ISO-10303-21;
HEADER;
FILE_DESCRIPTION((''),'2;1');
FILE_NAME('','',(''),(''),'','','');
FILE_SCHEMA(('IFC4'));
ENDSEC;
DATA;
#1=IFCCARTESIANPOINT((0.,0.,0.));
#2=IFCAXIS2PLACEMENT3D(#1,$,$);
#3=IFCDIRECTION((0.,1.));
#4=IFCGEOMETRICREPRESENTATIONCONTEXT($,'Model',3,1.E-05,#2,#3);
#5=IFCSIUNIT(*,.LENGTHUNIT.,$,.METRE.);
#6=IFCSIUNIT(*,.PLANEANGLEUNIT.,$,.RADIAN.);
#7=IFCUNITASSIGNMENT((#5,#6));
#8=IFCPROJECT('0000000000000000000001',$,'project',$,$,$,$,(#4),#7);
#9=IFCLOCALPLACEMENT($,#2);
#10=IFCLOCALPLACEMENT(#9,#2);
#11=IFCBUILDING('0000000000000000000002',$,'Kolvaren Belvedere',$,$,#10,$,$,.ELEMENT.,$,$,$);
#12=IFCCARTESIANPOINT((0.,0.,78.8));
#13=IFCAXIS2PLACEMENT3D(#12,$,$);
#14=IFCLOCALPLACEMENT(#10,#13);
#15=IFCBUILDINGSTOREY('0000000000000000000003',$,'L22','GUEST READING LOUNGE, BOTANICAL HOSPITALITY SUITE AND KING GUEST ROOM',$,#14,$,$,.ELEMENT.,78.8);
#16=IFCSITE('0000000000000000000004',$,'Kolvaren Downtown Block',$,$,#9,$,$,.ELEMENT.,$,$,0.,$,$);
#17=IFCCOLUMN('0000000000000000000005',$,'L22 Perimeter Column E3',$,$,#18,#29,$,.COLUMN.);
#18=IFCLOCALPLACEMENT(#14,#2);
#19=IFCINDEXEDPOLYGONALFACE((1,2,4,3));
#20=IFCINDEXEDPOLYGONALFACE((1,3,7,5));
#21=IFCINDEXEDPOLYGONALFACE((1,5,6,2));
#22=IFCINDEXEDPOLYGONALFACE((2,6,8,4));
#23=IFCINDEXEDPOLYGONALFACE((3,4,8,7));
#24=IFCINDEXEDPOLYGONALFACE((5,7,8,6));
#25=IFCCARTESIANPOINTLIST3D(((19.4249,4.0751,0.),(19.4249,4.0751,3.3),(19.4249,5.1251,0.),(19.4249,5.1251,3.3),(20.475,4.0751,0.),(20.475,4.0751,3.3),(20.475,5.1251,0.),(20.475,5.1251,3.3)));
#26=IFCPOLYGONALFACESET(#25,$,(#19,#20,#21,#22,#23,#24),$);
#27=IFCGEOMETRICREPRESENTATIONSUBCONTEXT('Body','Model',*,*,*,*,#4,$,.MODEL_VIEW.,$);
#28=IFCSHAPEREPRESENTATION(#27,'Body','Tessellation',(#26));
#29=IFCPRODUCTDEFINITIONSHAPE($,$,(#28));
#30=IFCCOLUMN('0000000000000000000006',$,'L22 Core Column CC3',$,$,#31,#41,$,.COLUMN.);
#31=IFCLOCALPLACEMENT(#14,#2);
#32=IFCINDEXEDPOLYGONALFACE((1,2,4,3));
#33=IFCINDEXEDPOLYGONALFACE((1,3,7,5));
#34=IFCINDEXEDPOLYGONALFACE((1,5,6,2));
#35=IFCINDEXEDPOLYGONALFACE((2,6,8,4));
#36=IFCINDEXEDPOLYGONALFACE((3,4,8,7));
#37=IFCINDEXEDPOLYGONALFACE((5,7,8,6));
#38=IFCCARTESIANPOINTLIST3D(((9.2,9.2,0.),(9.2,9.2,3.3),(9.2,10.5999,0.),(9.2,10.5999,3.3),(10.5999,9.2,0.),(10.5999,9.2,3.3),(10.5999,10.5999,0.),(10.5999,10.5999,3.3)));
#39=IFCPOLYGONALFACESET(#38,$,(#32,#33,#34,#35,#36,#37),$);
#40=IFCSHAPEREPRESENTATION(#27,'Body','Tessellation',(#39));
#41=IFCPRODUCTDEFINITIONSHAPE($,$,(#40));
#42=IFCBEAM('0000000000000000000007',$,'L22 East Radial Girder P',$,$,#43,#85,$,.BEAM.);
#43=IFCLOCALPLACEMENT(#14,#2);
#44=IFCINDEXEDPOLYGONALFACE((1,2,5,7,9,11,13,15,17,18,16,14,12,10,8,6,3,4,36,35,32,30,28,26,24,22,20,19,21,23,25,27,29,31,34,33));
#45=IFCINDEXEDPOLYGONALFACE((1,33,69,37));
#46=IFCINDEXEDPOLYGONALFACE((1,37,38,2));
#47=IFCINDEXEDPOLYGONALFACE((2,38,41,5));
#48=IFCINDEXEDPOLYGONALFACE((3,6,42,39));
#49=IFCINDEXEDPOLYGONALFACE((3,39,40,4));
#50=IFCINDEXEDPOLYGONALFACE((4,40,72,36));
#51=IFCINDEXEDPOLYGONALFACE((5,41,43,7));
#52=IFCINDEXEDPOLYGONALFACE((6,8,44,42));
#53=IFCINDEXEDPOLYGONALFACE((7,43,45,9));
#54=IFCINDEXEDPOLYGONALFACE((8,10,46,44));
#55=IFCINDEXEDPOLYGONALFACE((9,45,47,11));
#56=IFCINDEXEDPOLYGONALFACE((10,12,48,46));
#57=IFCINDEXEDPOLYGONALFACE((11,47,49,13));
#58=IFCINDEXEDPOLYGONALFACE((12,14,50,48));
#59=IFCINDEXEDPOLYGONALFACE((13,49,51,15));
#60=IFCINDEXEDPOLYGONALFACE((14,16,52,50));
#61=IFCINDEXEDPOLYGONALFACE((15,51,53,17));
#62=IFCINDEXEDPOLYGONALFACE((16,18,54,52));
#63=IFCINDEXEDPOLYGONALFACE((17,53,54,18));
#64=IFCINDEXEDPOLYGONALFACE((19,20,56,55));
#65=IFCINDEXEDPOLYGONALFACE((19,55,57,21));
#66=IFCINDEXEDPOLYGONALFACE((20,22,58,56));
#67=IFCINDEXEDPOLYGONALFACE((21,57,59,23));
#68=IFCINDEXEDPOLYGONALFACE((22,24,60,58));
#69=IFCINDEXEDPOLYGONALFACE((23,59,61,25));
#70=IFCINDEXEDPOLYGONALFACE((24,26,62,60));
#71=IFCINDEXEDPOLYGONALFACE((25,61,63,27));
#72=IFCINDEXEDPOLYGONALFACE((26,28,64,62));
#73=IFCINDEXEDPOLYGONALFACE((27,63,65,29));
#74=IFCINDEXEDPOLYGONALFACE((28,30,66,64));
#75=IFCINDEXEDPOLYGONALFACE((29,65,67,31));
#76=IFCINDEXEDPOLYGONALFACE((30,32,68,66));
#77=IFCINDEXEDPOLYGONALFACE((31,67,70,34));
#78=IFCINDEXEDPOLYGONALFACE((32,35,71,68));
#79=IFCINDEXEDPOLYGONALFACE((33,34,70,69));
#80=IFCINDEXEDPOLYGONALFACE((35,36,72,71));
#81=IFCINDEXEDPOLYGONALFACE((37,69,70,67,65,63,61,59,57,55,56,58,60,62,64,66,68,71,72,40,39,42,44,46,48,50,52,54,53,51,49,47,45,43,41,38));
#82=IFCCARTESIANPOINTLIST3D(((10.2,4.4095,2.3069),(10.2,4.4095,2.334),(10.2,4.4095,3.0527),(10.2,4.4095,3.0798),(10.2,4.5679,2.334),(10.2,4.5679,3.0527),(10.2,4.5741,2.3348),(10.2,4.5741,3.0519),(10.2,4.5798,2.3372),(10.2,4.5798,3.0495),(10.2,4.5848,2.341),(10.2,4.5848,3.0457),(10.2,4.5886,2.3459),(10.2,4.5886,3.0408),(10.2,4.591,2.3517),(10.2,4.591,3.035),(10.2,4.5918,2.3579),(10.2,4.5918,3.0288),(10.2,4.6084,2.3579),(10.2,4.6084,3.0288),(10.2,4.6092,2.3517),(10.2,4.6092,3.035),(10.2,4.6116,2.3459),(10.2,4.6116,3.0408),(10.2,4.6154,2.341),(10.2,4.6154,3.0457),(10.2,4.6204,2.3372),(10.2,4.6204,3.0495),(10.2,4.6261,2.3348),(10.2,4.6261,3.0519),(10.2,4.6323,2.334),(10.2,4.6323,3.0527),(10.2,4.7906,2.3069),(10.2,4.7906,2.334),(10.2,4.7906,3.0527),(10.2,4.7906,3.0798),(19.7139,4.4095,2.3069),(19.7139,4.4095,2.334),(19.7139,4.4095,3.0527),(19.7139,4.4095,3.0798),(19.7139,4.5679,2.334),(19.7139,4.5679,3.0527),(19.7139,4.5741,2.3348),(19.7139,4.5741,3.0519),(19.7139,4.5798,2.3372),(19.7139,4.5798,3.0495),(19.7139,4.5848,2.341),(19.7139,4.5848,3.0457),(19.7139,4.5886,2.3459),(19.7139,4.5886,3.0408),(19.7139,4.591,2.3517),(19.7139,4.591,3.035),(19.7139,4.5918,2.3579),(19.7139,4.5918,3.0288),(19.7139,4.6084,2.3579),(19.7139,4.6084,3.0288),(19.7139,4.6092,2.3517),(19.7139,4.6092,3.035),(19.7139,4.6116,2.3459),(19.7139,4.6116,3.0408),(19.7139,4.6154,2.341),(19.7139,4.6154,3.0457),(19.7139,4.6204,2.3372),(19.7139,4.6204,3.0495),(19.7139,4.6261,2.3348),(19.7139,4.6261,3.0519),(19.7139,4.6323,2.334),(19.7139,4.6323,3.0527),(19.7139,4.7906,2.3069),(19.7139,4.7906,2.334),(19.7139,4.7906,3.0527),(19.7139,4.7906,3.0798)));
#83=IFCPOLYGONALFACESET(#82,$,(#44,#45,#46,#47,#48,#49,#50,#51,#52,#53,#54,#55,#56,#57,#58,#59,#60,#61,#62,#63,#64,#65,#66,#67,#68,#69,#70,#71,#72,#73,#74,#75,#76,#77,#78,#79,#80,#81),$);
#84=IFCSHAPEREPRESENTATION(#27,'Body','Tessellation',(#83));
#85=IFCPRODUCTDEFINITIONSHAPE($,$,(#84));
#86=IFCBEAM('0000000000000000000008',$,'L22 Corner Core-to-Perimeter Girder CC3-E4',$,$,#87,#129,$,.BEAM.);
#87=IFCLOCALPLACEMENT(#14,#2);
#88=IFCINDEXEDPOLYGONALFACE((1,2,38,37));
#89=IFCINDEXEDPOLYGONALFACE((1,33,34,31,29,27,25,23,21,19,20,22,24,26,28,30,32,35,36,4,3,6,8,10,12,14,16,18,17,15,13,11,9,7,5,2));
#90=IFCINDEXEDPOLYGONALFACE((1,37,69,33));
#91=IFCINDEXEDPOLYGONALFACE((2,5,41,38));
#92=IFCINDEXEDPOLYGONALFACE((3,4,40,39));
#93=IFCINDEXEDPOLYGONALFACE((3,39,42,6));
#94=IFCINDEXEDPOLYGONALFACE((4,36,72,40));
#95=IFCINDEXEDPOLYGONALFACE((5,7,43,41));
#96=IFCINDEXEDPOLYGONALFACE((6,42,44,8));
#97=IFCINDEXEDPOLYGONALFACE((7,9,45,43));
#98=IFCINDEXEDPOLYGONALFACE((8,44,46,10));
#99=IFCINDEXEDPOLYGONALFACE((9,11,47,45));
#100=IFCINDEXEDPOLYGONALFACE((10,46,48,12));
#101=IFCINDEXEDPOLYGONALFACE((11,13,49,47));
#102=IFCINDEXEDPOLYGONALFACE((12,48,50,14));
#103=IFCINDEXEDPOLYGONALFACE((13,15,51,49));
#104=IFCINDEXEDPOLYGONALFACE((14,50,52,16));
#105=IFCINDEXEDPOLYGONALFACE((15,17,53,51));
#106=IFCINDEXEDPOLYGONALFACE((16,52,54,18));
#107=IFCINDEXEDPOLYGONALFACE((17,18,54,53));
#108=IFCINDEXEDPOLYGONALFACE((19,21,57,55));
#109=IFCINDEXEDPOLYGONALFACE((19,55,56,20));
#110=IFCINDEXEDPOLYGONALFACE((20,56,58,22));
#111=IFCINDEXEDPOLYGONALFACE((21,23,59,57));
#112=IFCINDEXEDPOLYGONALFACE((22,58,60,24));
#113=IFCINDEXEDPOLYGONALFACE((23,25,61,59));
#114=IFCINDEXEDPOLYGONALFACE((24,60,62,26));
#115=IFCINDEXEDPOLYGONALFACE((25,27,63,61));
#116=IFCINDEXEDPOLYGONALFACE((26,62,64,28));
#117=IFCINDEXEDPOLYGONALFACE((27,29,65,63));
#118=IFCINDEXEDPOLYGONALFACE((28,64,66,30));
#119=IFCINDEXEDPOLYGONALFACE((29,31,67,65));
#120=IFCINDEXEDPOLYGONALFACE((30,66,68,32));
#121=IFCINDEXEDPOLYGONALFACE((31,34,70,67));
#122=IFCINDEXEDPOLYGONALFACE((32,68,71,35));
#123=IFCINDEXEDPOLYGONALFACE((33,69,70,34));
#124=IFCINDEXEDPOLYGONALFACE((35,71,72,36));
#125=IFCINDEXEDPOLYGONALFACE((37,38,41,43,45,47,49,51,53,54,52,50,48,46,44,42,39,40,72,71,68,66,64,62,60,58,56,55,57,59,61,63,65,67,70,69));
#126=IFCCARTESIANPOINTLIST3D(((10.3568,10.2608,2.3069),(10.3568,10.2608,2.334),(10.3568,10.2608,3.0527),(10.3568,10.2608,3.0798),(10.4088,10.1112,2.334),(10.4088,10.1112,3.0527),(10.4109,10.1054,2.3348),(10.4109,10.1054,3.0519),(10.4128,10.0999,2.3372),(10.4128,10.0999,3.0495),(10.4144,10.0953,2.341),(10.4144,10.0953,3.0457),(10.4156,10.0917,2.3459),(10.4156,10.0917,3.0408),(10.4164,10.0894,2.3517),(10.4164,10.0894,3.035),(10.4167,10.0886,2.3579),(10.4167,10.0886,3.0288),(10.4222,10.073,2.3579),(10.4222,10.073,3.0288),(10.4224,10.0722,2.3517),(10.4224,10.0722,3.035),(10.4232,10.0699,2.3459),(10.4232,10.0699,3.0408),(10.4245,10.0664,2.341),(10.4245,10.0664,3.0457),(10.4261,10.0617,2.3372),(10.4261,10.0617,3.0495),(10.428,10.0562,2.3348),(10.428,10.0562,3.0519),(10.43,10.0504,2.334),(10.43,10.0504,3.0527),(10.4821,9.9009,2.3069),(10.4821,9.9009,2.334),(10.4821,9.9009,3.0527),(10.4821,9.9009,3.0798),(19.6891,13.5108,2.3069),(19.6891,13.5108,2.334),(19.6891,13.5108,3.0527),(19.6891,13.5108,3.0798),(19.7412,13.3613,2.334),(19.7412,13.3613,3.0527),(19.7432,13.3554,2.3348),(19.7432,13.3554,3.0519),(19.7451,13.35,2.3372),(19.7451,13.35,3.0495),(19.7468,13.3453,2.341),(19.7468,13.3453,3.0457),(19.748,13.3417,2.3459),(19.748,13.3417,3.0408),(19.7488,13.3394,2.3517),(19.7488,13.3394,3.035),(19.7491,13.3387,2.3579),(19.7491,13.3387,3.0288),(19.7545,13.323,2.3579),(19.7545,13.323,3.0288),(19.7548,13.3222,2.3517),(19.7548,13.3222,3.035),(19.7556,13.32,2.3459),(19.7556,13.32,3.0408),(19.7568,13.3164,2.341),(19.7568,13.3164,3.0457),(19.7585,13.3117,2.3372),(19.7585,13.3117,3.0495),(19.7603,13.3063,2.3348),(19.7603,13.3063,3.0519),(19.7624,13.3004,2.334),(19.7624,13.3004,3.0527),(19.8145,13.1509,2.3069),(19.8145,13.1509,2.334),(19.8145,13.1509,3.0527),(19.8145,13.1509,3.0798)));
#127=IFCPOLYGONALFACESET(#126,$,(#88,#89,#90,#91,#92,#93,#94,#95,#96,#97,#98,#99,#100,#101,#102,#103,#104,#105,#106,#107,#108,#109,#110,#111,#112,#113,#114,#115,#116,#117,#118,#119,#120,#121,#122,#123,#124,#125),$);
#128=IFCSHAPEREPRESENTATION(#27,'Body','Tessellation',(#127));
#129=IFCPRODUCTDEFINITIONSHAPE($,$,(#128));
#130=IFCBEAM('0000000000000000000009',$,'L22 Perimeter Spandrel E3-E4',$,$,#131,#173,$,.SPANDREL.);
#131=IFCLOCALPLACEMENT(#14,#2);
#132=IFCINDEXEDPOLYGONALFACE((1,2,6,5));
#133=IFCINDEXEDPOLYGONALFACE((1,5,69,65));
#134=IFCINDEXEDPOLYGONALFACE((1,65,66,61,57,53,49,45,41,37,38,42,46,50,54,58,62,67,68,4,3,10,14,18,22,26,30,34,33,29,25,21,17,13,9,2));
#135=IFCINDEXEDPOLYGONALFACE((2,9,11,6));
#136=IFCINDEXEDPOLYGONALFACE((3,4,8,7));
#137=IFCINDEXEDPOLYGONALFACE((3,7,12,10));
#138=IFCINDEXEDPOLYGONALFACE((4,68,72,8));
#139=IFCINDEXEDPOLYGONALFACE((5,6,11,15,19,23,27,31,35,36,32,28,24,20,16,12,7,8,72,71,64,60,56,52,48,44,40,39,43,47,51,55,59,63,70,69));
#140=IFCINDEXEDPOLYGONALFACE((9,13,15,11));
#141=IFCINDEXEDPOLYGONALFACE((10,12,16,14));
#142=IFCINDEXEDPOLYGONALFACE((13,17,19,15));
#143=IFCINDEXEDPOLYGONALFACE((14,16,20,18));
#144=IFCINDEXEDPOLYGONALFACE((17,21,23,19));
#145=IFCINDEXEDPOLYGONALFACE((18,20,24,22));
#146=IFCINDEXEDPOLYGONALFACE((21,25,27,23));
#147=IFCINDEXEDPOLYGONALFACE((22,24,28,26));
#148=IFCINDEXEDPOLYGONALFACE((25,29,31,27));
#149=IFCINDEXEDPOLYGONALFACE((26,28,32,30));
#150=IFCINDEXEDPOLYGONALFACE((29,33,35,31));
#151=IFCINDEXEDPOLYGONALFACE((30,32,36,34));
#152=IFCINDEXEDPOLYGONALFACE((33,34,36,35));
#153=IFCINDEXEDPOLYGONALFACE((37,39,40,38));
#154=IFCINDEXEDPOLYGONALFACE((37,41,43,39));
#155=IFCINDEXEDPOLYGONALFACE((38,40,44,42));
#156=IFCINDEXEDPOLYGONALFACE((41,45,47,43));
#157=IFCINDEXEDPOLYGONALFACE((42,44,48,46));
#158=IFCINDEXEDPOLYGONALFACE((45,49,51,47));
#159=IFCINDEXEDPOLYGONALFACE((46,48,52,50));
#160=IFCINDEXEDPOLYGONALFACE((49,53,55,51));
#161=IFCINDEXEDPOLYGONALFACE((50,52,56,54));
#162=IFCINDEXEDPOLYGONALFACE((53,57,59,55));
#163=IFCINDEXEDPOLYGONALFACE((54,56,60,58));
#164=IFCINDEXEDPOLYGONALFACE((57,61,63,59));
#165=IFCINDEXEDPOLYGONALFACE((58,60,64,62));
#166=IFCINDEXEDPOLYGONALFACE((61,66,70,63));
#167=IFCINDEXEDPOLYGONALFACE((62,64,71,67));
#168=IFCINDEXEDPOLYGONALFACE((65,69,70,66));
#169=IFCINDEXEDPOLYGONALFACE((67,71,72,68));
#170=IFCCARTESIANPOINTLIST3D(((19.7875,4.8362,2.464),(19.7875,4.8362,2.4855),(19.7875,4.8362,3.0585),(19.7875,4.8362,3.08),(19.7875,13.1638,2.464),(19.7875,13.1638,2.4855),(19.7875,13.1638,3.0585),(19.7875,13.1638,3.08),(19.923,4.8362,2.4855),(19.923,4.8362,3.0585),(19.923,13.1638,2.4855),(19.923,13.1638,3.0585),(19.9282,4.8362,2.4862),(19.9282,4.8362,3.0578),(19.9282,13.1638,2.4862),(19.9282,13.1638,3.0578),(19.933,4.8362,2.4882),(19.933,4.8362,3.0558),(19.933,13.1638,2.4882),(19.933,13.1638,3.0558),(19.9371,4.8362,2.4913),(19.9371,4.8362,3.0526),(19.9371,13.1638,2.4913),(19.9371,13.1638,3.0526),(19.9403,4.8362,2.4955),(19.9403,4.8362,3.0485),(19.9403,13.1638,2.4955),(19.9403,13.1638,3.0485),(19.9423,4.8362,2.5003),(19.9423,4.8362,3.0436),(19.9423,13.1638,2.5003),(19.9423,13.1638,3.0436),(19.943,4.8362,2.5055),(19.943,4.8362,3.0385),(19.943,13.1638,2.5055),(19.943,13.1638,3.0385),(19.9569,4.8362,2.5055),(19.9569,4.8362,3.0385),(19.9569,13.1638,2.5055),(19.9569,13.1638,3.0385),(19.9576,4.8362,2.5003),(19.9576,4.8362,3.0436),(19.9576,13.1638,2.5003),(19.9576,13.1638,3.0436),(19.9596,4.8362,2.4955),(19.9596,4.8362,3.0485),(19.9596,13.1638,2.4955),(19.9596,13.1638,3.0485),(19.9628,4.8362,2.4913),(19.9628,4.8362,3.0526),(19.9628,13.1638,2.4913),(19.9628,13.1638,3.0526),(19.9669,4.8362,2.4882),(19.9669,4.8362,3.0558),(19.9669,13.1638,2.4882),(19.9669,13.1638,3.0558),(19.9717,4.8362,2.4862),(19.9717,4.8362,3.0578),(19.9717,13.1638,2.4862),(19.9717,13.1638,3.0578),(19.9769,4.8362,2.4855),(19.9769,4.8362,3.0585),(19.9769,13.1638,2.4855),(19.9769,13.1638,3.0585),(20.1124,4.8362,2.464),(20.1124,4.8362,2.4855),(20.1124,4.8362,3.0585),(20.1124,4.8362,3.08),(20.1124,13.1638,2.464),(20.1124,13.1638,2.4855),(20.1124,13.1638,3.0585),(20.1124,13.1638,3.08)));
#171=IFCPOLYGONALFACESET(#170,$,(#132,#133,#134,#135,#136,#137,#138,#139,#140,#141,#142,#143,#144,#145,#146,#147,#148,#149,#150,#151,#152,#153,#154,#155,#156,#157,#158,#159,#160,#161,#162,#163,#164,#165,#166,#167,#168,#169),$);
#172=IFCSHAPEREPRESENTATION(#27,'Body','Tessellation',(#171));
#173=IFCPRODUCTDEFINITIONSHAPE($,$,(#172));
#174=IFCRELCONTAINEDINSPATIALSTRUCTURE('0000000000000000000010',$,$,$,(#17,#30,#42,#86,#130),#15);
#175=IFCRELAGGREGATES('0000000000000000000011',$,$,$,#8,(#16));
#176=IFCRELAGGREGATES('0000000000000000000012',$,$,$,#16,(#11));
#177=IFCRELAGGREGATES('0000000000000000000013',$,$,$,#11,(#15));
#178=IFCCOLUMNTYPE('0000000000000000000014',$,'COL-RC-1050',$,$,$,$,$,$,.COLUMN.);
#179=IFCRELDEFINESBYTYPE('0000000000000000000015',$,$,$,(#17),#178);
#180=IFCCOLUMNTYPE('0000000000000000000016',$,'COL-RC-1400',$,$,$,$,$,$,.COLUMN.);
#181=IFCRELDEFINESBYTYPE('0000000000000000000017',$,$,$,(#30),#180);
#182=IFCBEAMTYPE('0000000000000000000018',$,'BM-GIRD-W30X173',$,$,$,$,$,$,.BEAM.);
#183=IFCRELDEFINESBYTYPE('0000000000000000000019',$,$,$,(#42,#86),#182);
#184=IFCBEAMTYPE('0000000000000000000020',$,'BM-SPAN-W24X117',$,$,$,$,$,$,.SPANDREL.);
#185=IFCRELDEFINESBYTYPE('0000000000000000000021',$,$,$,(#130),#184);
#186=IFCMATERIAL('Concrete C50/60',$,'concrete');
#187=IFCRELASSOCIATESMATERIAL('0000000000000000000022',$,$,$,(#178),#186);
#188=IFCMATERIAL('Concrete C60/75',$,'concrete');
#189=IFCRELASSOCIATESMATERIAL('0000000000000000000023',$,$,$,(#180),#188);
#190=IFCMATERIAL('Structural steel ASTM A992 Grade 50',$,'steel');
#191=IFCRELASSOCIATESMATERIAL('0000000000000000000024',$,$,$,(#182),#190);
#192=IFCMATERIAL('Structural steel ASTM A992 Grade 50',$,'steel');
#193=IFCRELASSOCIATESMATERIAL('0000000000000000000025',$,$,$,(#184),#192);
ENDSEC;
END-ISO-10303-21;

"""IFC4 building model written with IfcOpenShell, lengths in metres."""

from ifc_helpers import new_model, si_unit, direction, frame, origin, origin_2d, place, context, subcontext, project, spatial, rectangle, i_section, extrude, material, material_profile, profile_set, type_object, element, save


model = new_model("IFC4")

# Units and contexts
model_context = context("Model", 3, precision=1e-05, world=origin(), true_north=direction((0.0, 1.0)))
body_context = subcontext(model_context, "Body", "Model", "MODEL_VIEW")
ifc_project = project(units=[si_unit("LENGTHUNIT", "METRE"), si_unit("PLANEANGLEUNIT", "RADIAN")], contexts=[model_context])

# Site, building, storey
site_placement = place(None, origin())
site = spatial("IfcSite", under=ifc_project, at=site_placement, Name="Kolvaren Downtown Block", CompositionType="ELEMENT", RefElevation=0.0)
building_placement = place(site_placement, origin())
building = spatial("IfcBuilding", under=site, at=building_placement, Name="Kolvaren Belvedere", CompositionType="ELEMENT")
storey_placement = place(building_placement, frame((0.0, 0.0, 78.8)))
storey = spatial("IfcBuildingStorey", under=building, at=storey_placement, Name="L22", Description="GUEST READING LOUNGE, BOTANICAL HOSPITALITY SUITE AND KING GUEST ROOM", CompositionType="ELEMENT", Elevation=78.8)

# Columns
ifc_material_1 = material(Name="Concrete C50/60", Category="concrete")
ifc_material_profile_1 = material_profile(ifc_material_1, rectangle(XDim=1.05, YDim=1.05, at=origin_2d()), Name="RC 1050X1050")
ifc_profile_set_1 = profile_set([ifc_material_profile_1], Name="Concrete C50/60")
column_type_1 = type_object("IfcColumnType", Name="COL-RC-1050", PredefinedType="COLUMN", material=ifc_profile_set_1)
column_1_placement = place(storey_placement, frame((19.95, 4.6001, 0.0), z_axis=(0.0, 0.0, 1.0), x_axis=(1.0, 0.0, 0.0)))
element("IfcColumn", 1, at=column_1_placement, inside=storey, type_object=column_type_1, Name="L22 Perimeter Column E3", PredefinedType="COLUMN", context=body_context, shape_type="SweptSolid", body=[
    extrude(rectangle(XDim=1.05, YDim=1.05, at=origin_2d()), origin(), (0.0, 0.0, 1.0), 3.3),
])
ifc_material_2 = material(Name="Concrete C60/75", Category="concrete")
ifc_material_profile_2 = material_profile(ifc_material_2, rectangle(XDim=1.3999, YDim=1.3999, at=origin_2d()), Name="RC 1400X1400")
ifc_profile_set_2 = profile_set([ifc_material_profile_2], Name="Concrete C60/75")
column_type_2 = type_object("IfcColumnType", Name="COL-RC-1400", PredefinedType="COLUMN", material=ifc_profile_set_2)
column_2_placement = place(storey_placement, frame((9.8999, 9.8999, 0.0), z_axis=(0.0, 0.0, 1.0), x_axis=(1.0, 0.0, 0.0)))
element("IfcColumn", 2, at=column_2_placement, inside=storey, type_object=column_type_2, Name="L22 Core Column CC3", PredefinedType="COLUMN", context=body_context, shape_type="SweptSolid", body=[
    extrude(rectangle(XDim=1.3999, YDim=1.3999, at=origin_2d()), origin(), (0.0, 0.0, 1.0), 3.3),
])

# Beams
ifc_material_3 = material(Name="Structural steel ASTM A992 Grade 50", Category="steel")
ifc_material_profile_3 = material_profile(ifc_material_3, i_section(OverallWidth=0.3811, OverallDepth=0.7729, WebThickness=0.0166, FlangeThickness=0.0271, FilletRadius=0.0239, at=origin_2d()), Name="W30X173")
ifc_profile_set_3 = profile_set([ifc_material_profile_3], Name="Structural steel ASTM A992 Grade 50")
beam_type_1 = type_object("IfcBeamType", Name="BM-GIRD-W30X173", PredefinedType="BEAM", material=ifc_profile_set_3)
beam_1_placement = place(storey_placement, frame((10.2, 4.6001, 2.6934), z_axis=(1.0, 0.0, 0.0), x_axis=(0.0, 1.0, 0.0)))
element("IfcBeam", 3, at=beam_1_placement, inside=storey, type_object=beam_type_1, Name="L22 East Radial Girder P", PredefinedType="BEAM", context=body_context, shape_type="SweptSolid", body=[
    extrude(i_section(OverallWidth=0.3811, OverallDepth=0.7729, WebThickness=0.0166, FlangeThickness=0.0271, FilletRadius=0.0239, at=origin_2d()), origin(), (0.0, 0.0, 1.0), 9.5139),
])
beam_2_placement = place(storey_placement, frame((10.4194, 10.0808, 2.6934), z_axis=(0.944371, 0.328881, 0.0), x_axis=(-0.328881, 0.944371, 0.0)))
element("IfcBeam", 4, at=beam_2_placement, inside=storey, type_object=beam_type_1, Name="L22 Corner Core-to-Perimeter Girder CC3-E4", PredefinedType="BEAM", context=body_context, shape_type="SweptSolid", body=[
    extrude(i_section(OverallWidth=0.3811, OverallDepth=0.7729, WebThickness=0.0166, FlangeThickness=0.0271, FilletRadius=0.0239, at=origin_2d()), origin(), (0.0, 0.0, 1.0), 9.8821),
])
ifc_material_4 = material(Name="Structural steel ASTM A992 Grade 50", Category="steel")
ifc_material_profile_4 = material_profile(ifc_material_4, i_section(OverallWidth=0.325, OverallDepth=0.616, WebThickness=0.0139, FlangeThickness=0.0215, FilletRadius=0.02, at=origin_2d()), Name="W24X117")
ifc_profile_set_4 = profile_set([ifc_material_profile_4], Name="Structural steel ASTM A992 Grade 50")
beam_type_2 = type_object("IfcBeamType", Name="BM-SPAN-W24X117", PredefinedType="SPANDREL", material=ifc_profile_set_4)
beam_3_placement = place(storey_placement, frame((19.95, 4.8362, 2.772), z_axis=(0.0, 1.0, 0.0), x_axis=(-1.0, 0.0, 0.0)))
element("IfcBeam", 5, at=beam_3_placement, inside=storey, type_object=beam_type_2, Name="L22 Perimeter Spandrel E3-E4", PredefinedType="SPANDREL", context=body_context, shape_type="SweptSolid", body=[
    extrude(i_section(OverallWidth=0.325, OverallDepth=0.616, WebThickness=0.0139, FlangeThickness=0.0215, FilletRadius=0.02, at=origin_2d()), origin(), (0.0, 0.0, 1.0), 8.3276),
])

save(model, "model.ifc")
